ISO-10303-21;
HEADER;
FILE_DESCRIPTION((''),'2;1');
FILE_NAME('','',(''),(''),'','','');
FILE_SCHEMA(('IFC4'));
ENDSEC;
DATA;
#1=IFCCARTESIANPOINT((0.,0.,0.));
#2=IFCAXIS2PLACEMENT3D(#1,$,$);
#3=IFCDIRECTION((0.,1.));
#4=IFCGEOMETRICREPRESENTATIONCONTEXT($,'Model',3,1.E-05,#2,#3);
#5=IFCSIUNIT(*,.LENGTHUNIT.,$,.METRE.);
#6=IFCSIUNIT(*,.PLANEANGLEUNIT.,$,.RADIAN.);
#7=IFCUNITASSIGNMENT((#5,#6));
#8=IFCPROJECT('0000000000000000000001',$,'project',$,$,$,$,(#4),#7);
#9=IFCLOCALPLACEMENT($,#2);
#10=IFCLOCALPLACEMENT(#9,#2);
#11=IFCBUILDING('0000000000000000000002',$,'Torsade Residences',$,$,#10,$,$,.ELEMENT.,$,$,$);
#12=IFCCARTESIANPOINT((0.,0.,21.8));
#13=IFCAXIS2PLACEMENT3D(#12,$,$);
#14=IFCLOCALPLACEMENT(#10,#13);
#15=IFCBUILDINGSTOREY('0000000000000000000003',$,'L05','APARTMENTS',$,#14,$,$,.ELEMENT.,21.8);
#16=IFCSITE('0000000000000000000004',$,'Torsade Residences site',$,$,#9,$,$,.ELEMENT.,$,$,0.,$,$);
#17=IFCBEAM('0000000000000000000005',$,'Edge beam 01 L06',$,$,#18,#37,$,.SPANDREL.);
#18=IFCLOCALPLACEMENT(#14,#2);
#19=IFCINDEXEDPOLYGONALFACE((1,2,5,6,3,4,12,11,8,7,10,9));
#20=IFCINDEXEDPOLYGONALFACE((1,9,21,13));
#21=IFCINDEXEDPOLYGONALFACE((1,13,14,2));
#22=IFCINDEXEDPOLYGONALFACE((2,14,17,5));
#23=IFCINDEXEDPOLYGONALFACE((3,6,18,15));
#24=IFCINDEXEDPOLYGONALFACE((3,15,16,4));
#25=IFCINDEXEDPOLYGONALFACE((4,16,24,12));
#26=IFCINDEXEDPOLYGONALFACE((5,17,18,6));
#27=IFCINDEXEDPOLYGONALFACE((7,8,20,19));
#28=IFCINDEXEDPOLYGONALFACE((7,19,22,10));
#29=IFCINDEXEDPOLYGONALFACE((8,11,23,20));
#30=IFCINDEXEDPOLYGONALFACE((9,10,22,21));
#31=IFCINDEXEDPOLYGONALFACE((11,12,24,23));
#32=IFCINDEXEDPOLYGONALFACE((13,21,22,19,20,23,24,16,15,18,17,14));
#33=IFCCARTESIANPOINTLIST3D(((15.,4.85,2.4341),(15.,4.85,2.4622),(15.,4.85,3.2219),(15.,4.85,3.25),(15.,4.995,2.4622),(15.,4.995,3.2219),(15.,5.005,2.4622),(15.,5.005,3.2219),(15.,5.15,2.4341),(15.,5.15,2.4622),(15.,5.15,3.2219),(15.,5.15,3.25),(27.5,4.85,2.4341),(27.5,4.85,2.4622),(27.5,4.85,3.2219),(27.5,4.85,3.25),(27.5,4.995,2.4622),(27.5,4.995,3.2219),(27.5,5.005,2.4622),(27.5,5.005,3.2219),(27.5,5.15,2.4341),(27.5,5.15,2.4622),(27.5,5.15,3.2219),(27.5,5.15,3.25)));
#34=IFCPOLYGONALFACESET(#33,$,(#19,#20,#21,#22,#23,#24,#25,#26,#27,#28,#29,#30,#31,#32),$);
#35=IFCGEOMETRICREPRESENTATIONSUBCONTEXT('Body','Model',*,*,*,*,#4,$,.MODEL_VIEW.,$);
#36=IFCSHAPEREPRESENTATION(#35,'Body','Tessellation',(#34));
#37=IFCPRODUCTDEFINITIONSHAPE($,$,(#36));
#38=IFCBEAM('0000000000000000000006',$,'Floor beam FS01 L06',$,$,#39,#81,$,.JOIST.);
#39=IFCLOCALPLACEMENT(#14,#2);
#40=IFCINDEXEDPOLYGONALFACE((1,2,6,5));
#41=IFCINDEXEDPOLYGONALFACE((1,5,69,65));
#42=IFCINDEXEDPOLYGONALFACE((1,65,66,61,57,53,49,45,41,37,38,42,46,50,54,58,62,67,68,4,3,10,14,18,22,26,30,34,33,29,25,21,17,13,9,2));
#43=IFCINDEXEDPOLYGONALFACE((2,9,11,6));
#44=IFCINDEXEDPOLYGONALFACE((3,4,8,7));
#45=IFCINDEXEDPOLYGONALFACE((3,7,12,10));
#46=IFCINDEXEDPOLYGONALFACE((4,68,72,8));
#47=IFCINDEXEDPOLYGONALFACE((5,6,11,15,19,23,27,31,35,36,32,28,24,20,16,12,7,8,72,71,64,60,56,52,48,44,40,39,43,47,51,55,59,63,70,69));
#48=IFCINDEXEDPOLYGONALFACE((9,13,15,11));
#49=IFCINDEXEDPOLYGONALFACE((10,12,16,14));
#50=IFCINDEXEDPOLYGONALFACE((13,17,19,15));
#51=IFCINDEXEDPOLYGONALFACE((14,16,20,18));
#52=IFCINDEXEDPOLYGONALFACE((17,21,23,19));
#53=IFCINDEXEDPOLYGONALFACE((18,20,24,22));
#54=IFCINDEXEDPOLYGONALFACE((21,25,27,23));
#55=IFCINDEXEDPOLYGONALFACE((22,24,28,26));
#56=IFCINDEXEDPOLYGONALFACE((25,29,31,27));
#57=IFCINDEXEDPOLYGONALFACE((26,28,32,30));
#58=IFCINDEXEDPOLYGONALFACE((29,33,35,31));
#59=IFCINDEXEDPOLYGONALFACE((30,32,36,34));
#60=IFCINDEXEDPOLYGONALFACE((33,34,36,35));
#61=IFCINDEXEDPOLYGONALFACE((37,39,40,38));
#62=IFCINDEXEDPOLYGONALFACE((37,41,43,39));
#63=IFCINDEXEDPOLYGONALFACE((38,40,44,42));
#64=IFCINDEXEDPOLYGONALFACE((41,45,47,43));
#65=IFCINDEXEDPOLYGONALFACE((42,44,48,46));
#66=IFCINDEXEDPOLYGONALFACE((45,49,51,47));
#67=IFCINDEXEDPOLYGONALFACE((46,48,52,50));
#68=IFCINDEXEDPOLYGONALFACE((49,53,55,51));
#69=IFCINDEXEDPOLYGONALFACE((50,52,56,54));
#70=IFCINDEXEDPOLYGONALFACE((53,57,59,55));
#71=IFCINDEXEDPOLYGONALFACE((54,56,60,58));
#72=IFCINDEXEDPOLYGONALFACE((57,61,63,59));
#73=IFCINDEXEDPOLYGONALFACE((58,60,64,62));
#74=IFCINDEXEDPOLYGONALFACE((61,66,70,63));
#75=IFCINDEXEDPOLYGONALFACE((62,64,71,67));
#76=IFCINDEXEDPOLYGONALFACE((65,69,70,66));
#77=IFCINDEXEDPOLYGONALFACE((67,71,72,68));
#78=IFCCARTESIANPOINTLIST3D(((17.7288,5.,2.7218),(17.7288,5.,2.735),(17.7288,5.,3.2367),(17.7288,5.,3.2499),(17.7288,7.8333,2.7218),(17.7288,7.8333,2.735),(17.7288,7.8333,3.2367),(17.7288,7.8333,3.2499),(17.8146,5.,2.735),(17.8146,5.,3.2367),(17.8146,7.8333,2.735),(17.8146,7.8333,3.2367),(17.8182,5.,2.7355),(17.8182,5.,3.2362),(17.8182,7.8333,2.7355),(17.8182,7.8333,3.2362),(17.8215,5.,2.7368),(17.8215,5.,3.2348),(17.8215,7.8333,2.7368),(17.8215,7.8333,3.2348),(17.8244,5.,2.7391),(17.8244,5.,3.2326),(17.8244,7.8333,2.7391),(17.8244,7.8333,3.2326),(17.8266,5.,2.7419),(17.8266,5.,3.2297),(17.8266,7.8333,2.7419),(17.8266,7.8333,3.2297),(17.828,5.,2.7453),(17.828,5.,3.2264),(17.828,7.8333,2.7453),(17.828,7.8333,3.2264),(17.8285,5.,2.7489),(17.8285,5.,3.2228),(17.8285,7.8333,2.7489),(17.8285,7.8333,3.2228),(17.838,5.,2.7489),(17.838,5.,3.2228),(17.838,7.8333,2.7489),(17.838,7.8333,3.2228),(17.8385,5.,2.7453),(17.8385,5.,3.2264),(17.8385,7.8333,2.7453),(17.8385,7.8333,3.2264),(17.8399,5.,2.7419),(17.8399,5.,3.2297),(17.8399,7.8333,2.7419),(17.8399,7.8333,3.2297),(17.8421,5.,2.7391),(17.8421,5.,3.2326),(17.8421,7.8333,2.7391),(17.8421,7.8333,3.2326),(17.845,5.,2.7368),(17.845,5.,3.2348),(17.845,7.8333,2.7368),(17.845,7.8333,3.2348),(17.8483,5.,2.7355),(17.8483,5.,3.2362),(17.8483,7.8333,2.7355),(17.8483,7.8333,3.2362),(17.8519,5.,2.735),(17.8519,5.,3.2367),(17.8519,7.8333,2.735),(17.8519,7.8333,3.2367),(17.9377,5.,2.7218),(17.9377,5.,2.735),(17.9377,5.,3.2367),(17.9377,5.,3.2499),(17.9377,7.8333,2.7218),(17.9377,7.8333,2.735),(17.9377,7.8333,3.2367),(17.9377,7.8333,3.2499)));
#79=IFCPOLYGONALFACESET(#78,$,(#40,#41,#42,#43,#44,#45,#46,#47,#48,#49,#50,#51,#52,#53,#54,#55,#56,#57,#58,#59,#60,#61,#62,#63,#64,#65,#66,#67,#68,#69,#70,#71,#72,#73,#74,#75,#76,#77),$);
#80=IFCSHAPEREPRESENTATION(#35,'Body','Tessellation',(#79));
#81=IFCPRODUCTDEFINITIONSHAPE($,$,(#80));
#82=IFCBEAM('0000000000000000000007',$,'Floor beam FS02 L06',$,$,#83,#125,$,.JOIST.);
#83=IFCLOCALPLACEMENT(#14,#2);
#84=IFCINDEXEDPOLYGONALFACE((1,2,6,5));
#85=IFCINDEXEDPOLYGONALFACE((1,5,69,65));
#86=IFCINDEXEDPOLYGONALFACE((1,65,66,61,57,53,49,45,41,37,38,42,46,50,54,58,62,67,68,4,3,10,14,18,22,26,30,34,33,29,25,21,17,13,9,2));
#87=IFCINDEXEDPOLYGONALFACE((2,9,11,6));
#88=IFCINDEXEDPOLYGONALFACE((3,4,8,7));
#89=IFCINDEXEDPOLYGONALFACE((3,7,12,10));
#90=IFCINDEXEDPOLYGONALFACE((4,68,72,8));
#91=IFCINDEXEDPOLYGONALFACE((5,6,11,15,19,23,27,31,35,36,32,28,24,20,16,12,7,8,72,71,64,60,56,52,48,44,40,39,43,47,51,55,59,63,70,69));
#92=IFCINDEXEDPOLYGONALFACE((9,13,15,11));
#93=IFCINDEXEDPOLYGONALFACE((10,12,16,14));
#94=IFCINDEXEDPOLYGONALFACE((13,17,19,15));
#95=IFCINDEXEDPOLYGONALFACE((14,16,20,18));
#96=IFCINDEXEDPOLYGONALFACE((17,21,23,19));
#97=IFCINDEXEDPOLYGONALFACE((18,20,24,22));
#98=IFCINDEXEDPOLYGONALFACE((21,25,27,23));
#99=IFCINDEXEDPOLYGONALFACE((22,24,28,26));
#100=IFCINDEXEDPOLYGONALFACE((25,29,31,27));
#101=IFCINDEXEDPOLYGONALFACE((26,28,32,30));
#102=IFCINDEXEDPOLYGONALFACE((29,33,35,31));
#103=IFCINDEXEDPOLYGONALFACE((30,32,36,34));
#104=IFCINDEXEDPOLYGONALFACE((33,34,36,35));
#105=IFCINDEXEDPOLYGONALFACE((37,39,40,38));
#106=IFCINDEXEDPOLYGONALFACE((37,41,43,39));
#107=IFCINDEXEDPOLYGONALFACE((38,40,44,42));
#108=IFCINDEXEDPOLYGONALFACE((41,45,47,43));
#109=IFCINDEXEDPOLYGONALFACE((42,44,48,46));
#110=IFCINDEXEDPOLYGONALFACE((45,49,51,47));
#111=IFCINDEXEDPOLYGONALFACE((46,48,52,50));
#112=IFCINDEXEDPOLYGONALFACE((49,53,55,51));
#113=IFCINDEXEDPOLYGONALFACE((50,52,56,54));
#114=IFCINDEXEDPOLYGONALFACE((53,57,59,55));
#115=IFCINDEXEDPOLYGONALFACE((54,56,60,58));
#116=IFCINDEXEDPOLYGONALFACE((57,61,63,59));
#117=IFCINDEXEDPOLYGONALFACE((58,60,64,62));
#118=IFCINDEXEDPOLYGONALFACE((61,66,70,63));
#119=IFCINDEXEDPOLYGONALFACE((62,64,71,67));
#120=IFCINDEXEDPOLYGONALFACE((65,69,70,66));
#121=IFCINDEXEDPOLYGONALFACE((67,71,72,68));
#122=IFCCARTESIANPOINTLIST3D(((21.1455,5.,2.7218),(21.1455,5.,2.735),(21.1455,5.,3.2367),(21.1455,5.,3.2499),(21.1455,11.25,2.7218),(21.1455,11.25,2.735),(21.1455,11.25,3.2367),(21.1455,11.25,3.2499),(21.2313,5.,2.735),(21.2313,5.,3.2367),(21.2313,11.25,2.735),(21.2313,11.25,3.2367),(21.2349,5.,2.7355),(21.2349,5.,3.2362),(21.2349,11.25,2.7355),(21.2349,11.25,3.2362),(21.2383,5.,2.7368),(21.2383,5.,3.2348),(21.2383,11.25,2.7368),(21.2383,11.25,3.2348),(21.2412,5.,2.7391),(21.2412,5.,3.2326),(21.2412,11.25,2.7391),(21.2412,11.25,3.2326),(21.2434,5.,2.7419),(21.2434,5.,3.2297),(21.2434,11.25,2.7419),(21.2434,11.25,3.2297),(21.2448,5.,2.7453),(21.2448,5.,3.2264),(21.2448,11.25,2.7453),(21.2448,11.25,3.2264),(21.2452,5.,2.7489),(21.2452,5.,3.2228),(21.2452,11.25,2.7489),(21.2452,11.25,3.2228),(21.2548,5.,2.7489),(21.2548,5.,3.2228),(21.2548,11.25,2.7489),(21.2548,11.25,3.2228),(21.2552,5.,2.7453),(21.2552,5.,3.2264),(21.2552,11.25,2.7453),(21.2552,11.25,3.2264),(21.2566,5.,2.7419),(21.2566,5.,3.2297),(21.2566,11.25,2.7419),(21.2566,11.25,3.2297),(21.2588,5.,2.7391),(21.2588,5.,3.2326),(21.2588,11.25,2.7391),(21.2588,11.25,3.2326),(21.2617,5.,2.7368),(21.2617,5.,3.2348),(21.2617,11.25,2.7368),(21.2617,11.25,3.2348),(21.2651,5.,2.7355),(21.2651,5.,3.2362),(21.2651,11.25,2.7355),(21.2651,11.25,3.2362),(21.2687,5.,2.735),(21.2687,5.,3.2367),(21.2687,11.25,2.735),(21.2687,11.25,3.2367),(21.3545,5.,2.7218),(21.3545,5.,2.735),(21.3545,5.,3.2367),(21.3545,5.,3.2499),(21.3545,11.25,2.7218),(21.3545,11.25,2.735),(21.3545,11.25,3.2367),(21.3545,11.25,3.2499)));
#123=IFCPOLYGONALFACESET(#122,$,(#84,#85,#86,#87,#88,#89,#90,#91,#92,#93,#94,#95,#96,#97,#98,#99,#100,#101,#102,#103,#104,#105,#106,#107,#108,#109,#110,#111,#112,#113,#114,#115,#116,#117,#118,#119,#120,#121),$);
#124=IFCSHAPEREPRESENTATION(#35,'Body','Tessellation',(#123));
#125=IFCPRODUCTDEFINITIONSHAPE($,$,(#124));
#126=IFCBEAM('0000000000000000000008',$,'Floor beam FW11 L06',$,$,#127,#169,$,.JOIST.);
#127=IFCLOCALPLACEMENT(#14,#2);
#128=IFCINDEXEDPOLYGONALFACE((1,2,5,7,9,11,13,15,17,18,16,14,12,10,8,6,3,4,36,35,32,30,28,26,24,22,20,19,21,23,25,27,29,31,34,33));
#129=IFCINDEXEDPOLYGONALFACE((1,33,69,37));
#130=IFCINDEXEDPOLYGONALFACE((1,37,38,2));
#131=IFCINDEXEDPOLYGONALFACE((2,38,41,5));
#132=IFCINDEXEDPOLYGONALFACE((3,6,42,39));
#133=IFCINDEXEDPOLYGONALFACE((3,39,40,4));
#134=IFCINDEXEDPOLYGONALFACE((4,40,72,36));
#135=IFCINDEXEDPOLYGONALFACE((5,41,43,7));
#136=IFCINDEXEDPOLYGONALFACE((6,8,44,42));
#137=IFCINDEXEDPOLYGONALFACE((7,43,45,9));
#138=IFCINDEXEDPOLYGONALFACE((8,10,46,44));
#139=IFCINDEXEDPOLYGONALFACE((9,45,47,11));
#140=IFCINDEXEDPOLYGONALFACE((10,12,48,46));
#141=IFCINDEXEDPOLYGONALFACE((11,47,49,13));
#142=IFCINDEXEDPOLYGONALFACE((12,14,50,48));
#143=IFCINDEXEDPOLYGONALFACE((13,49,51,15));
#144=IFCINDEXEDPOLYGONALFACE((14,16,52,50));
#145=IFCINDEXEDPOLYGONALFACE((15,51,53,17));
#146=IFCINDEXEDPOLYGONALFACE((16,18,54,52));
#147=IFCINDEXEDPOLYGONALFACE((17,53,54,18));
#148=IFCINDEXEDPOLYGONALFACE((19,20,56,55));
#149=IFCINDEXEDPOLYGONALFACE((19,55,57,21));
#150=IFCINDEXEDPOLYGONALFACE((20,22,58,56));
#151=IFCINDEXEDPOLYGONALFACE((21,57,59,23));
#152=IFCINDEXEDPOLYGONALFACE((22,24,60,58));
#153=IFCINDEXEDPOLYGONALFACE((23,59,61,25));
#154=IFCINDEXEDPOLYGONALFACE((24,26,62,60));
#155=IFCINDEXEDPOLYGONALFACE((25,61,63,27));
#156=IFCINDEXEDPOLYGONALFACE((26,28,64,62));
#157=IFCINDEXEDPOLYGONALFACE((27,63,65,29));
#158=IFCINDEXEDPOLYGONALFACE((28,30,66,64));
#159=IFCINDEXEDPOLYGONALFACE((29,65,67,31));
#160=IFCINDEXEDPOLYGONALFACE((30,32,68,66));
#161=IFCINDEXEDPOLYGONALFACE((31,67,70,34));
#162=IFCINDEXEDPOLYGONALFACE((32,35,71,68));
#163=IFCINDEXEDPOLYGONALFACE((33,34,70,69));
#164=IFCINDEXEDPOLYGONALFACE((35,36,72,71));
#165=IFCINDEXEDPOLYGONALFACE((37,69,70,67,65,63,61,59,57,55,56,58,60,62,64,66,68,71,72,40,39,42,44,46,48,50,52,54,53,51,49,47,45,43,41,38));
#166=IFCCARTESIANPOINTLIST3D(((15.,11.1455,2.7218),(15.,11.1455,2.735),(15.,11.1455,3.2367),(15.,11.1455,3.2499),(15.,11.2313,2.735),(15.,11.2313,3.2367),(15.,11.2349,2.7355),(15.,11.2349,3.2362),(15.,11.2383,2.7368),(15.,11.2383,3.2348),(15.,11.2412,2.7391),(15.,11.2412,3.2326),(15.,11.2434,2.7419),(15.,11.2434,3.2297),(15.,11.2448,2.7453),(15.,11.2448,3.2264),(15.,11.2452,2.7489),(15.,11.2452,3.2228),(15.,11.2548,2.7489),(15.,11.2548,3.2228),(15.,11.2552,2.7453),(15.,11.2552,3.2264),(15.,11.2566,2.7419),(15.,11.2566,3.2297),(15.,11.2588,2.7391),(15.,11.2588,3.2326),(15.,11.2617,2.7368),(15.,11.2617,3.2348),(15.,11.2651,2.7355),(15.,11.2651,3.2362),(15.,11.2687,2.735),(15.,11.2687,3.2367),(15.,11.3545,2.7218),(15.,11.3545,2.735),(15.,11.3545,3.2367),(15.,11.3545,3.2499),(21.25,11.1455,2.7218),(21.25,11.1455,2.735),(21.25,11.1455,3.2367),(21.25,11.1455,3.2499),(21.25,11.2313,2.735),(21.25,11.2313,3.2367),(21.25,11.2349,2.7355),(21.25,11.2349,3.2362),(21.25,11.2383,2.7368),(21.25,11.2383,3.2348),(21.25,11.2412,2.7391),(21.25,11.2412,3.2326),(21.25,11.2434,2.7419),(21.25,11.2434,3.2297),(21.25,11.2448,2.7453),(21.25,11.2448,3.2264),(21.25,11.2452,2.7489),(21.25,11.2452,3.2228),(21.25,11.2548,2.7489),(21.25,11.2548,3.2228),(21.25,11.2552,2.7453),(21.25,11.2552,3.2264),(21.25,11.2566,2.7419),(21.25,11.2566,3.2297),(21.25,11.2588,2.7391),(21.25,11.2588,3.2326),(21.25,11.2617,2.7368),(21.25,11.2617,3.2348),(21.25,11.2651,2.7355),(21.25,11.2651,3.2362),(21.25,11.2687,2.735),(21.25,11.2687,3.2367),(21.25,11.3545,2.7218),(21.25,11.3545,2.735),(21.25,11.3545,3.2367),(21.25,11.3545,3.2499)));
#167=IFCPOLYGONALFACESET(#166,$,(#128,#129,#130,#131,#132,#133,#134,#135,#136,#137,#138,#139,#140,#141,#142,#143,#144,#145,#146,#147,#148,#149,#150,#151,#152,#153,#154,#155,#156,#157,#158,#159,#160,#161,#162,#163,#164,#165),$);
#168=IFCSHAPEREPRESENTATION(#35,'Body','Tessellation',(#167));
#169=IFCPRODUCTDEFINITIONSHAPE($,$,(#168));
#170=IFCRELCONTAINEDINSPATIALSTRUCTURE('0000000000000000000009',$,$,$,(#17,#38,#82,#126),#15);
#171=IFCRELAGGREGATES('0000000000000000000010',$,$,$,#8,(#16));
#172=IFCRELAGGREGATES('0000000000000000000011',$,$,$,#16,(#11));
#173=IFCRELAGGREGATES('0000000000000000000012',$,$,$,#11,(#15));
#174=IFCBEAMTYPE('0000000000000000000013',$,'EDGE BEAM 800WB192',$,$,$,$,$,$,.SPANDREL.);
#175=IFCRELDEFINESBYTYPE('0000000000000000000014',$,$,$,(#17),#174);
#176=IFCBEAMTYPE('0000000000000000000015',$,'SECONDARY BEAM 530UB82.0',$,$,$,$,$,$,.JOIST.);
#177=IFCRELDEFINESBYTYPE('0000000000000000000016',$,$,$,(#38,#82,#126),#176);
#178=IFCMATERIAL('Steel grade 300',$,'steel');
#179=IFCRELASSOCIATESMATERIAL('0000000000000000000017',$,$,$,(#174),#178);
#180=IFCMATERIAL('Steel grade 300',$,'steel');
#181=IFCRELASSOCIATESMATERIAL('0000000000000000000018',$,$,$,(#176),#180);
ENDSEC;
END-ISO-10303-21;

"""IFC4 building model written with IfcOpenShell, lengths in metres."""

from ifc_helpers import new_model, si_unit, direction, frame, origin, origin_2d, place, context, subcontext, project, spatial, i_section, extrude, material, material_profile, profile_set, type_object, element, save


model = new_model("IFC4")

# Units and contexts
model_context = context("Model", 3, precision=1e-05, world=origin(), true_north=direction((0.0, 1.0)))
body_context = subcontext(model_context, "Body", "Model", "MODEL_VIEW")
ifc_project = project(units=[si_unit("LENGTHUNIT", "METRE"), si_unit("PLANEANGLEUNIT", "RADIAN")], contexts=[model_context])

# Site, building, storey
site_placement = place(None, origin())
site = spatial("IfcSite", under=ifc_project, at=site_placement, Name="Torsade Residences site", CompositionType="ELEMENT", RefElevation=0.0)
building_placement = place(site_placement, origin())
building = spatial("IfcBuilding", under=site, at=building_placement, Name="Torsade Residences", CompositionType="ELEMENT")
storey_placement = place(building_placement, frame((0.0, 0.0, 21.8)))
storey = spatial("IfcBuildingStorey", under=building, at=storey_placement, Name="L05", Description="APARTMENTS", CompositionType="ELEMENT", Elevation=21.8)

# Beams
ifc_material_1 = material(Name="Steel grade 300", Category="steel")
ifc_material_profile_1 = material_profile(ifc_material_1, i_section(OverallWidth=0.3, OverallDepth=0.8159, WebThickness=0.01, FlangeThickness=0.0281, at=origin_2d()), Name="800WB192")
ifc_profile_set_1 = profile_set([ifc_material_profile_1], Name="Steel grade 300")
beam_type_1 = type_object("IfcBeamType", Name="EDGE BEAM 800WB192", PredefinedType="SPANDREL", material=ifc_profile_set_1)
beam_1_placement = place(storey_placement, frame((15.0, 5.0, 2.842), z_axis=(1.0, 0.0, 0.0), x_axis=(0.0, 1.0, 0.0)))
element("IfcBeam", 1, at=beam_1_placement, inside=storey, type_object=beam_type_1, Name="Edge beam 01 L06", PredefinedType="SPANDREL", context=body_context, shape_type="SweptSolid", body=[
    extrude(i_section(OverallWidth=0.3, OverallDepth=0.8159, WebThickness=0.01, FlangeThickness=0.0281, at=origin_2d()), origin(), (0.0, 0.0, 1.0), 12.5),
])
ifc_material_2 = material(Name="Steel grade 300", Category="steel")
ifc_material_profile_2 = material_profile(ifc_material_2, i_section(OverallWidth=0.209, OverallDepth=0.5281, WebThickness=0.0095, FlangeThickness=0.0132, FilletRadius=0.0139, at=origin_2d()), Name="530UB82.0")
ifc_profile_set_2 = profile_set([ifc_material_profile_2], Name="Steel grade 300")
beam_type_2 = type_object("IfcBeamType", Name="SECONDARY BEAM 530UB82.0", PredefinedType="JOIST", material=ifc_profile_set_2)
beam_2_placement = place(storey_placement, frame((17.8333, 5.0, 2.9858), z_axis=(0.0, 1.0, 0.0), x_axis=(-1.0, 0.0, 0.0)))
element("IfcBeam", 2, at=beam_2_placement, inside=storey, type_object=beam_type_2, Name="Floor beam FS01 L06", PredefinedType="JOIST", context=body_context, shape_type="SweptSolid", body=[
    extrude(i_section(OverallWidth=0.209, OverallDepth=0.5281, WebThickness=0.0095, FlangeThickness=0.0132, FilletRadius=0.0139, at=origin_2d()), origin(), (0.0, 0.0, 1.0), 2.8333),
])
for number, where, z_axis, x_axis, name in (
    (3, (21.25, 5.0, 2.9858), (0.0, 1.0, 0.0), (-1.0, 0.0, 0.0), "Floor beam FS02 L06"),
    (4, (15.0, 11.25, 2.9858), (1.0, 0.0, 0.0), (0.0, 1.0, 0.0), "Floor beam FW11 L06"),
):
    element("IfcBeam", number, at=place(storey_placement, frame(where, z_axis=z_axis, x_axis=x_axis)), inside=storey, type_object=beam_type_2, Name=name, PredefinedType="JOIST", context=body_context, shape_type="SweptSolid", body=[
        extrude(i_section(OverallWidth=0.209, OverallDepth=0.5281, WebThickness=0.0095, FlangeThickness=0.0132, FilletRadius=0.0139, at=origin_2d()), origin(), (0.0, 0.0, 1.0), 6.25),
    ])

save(model, "model.ifc")
